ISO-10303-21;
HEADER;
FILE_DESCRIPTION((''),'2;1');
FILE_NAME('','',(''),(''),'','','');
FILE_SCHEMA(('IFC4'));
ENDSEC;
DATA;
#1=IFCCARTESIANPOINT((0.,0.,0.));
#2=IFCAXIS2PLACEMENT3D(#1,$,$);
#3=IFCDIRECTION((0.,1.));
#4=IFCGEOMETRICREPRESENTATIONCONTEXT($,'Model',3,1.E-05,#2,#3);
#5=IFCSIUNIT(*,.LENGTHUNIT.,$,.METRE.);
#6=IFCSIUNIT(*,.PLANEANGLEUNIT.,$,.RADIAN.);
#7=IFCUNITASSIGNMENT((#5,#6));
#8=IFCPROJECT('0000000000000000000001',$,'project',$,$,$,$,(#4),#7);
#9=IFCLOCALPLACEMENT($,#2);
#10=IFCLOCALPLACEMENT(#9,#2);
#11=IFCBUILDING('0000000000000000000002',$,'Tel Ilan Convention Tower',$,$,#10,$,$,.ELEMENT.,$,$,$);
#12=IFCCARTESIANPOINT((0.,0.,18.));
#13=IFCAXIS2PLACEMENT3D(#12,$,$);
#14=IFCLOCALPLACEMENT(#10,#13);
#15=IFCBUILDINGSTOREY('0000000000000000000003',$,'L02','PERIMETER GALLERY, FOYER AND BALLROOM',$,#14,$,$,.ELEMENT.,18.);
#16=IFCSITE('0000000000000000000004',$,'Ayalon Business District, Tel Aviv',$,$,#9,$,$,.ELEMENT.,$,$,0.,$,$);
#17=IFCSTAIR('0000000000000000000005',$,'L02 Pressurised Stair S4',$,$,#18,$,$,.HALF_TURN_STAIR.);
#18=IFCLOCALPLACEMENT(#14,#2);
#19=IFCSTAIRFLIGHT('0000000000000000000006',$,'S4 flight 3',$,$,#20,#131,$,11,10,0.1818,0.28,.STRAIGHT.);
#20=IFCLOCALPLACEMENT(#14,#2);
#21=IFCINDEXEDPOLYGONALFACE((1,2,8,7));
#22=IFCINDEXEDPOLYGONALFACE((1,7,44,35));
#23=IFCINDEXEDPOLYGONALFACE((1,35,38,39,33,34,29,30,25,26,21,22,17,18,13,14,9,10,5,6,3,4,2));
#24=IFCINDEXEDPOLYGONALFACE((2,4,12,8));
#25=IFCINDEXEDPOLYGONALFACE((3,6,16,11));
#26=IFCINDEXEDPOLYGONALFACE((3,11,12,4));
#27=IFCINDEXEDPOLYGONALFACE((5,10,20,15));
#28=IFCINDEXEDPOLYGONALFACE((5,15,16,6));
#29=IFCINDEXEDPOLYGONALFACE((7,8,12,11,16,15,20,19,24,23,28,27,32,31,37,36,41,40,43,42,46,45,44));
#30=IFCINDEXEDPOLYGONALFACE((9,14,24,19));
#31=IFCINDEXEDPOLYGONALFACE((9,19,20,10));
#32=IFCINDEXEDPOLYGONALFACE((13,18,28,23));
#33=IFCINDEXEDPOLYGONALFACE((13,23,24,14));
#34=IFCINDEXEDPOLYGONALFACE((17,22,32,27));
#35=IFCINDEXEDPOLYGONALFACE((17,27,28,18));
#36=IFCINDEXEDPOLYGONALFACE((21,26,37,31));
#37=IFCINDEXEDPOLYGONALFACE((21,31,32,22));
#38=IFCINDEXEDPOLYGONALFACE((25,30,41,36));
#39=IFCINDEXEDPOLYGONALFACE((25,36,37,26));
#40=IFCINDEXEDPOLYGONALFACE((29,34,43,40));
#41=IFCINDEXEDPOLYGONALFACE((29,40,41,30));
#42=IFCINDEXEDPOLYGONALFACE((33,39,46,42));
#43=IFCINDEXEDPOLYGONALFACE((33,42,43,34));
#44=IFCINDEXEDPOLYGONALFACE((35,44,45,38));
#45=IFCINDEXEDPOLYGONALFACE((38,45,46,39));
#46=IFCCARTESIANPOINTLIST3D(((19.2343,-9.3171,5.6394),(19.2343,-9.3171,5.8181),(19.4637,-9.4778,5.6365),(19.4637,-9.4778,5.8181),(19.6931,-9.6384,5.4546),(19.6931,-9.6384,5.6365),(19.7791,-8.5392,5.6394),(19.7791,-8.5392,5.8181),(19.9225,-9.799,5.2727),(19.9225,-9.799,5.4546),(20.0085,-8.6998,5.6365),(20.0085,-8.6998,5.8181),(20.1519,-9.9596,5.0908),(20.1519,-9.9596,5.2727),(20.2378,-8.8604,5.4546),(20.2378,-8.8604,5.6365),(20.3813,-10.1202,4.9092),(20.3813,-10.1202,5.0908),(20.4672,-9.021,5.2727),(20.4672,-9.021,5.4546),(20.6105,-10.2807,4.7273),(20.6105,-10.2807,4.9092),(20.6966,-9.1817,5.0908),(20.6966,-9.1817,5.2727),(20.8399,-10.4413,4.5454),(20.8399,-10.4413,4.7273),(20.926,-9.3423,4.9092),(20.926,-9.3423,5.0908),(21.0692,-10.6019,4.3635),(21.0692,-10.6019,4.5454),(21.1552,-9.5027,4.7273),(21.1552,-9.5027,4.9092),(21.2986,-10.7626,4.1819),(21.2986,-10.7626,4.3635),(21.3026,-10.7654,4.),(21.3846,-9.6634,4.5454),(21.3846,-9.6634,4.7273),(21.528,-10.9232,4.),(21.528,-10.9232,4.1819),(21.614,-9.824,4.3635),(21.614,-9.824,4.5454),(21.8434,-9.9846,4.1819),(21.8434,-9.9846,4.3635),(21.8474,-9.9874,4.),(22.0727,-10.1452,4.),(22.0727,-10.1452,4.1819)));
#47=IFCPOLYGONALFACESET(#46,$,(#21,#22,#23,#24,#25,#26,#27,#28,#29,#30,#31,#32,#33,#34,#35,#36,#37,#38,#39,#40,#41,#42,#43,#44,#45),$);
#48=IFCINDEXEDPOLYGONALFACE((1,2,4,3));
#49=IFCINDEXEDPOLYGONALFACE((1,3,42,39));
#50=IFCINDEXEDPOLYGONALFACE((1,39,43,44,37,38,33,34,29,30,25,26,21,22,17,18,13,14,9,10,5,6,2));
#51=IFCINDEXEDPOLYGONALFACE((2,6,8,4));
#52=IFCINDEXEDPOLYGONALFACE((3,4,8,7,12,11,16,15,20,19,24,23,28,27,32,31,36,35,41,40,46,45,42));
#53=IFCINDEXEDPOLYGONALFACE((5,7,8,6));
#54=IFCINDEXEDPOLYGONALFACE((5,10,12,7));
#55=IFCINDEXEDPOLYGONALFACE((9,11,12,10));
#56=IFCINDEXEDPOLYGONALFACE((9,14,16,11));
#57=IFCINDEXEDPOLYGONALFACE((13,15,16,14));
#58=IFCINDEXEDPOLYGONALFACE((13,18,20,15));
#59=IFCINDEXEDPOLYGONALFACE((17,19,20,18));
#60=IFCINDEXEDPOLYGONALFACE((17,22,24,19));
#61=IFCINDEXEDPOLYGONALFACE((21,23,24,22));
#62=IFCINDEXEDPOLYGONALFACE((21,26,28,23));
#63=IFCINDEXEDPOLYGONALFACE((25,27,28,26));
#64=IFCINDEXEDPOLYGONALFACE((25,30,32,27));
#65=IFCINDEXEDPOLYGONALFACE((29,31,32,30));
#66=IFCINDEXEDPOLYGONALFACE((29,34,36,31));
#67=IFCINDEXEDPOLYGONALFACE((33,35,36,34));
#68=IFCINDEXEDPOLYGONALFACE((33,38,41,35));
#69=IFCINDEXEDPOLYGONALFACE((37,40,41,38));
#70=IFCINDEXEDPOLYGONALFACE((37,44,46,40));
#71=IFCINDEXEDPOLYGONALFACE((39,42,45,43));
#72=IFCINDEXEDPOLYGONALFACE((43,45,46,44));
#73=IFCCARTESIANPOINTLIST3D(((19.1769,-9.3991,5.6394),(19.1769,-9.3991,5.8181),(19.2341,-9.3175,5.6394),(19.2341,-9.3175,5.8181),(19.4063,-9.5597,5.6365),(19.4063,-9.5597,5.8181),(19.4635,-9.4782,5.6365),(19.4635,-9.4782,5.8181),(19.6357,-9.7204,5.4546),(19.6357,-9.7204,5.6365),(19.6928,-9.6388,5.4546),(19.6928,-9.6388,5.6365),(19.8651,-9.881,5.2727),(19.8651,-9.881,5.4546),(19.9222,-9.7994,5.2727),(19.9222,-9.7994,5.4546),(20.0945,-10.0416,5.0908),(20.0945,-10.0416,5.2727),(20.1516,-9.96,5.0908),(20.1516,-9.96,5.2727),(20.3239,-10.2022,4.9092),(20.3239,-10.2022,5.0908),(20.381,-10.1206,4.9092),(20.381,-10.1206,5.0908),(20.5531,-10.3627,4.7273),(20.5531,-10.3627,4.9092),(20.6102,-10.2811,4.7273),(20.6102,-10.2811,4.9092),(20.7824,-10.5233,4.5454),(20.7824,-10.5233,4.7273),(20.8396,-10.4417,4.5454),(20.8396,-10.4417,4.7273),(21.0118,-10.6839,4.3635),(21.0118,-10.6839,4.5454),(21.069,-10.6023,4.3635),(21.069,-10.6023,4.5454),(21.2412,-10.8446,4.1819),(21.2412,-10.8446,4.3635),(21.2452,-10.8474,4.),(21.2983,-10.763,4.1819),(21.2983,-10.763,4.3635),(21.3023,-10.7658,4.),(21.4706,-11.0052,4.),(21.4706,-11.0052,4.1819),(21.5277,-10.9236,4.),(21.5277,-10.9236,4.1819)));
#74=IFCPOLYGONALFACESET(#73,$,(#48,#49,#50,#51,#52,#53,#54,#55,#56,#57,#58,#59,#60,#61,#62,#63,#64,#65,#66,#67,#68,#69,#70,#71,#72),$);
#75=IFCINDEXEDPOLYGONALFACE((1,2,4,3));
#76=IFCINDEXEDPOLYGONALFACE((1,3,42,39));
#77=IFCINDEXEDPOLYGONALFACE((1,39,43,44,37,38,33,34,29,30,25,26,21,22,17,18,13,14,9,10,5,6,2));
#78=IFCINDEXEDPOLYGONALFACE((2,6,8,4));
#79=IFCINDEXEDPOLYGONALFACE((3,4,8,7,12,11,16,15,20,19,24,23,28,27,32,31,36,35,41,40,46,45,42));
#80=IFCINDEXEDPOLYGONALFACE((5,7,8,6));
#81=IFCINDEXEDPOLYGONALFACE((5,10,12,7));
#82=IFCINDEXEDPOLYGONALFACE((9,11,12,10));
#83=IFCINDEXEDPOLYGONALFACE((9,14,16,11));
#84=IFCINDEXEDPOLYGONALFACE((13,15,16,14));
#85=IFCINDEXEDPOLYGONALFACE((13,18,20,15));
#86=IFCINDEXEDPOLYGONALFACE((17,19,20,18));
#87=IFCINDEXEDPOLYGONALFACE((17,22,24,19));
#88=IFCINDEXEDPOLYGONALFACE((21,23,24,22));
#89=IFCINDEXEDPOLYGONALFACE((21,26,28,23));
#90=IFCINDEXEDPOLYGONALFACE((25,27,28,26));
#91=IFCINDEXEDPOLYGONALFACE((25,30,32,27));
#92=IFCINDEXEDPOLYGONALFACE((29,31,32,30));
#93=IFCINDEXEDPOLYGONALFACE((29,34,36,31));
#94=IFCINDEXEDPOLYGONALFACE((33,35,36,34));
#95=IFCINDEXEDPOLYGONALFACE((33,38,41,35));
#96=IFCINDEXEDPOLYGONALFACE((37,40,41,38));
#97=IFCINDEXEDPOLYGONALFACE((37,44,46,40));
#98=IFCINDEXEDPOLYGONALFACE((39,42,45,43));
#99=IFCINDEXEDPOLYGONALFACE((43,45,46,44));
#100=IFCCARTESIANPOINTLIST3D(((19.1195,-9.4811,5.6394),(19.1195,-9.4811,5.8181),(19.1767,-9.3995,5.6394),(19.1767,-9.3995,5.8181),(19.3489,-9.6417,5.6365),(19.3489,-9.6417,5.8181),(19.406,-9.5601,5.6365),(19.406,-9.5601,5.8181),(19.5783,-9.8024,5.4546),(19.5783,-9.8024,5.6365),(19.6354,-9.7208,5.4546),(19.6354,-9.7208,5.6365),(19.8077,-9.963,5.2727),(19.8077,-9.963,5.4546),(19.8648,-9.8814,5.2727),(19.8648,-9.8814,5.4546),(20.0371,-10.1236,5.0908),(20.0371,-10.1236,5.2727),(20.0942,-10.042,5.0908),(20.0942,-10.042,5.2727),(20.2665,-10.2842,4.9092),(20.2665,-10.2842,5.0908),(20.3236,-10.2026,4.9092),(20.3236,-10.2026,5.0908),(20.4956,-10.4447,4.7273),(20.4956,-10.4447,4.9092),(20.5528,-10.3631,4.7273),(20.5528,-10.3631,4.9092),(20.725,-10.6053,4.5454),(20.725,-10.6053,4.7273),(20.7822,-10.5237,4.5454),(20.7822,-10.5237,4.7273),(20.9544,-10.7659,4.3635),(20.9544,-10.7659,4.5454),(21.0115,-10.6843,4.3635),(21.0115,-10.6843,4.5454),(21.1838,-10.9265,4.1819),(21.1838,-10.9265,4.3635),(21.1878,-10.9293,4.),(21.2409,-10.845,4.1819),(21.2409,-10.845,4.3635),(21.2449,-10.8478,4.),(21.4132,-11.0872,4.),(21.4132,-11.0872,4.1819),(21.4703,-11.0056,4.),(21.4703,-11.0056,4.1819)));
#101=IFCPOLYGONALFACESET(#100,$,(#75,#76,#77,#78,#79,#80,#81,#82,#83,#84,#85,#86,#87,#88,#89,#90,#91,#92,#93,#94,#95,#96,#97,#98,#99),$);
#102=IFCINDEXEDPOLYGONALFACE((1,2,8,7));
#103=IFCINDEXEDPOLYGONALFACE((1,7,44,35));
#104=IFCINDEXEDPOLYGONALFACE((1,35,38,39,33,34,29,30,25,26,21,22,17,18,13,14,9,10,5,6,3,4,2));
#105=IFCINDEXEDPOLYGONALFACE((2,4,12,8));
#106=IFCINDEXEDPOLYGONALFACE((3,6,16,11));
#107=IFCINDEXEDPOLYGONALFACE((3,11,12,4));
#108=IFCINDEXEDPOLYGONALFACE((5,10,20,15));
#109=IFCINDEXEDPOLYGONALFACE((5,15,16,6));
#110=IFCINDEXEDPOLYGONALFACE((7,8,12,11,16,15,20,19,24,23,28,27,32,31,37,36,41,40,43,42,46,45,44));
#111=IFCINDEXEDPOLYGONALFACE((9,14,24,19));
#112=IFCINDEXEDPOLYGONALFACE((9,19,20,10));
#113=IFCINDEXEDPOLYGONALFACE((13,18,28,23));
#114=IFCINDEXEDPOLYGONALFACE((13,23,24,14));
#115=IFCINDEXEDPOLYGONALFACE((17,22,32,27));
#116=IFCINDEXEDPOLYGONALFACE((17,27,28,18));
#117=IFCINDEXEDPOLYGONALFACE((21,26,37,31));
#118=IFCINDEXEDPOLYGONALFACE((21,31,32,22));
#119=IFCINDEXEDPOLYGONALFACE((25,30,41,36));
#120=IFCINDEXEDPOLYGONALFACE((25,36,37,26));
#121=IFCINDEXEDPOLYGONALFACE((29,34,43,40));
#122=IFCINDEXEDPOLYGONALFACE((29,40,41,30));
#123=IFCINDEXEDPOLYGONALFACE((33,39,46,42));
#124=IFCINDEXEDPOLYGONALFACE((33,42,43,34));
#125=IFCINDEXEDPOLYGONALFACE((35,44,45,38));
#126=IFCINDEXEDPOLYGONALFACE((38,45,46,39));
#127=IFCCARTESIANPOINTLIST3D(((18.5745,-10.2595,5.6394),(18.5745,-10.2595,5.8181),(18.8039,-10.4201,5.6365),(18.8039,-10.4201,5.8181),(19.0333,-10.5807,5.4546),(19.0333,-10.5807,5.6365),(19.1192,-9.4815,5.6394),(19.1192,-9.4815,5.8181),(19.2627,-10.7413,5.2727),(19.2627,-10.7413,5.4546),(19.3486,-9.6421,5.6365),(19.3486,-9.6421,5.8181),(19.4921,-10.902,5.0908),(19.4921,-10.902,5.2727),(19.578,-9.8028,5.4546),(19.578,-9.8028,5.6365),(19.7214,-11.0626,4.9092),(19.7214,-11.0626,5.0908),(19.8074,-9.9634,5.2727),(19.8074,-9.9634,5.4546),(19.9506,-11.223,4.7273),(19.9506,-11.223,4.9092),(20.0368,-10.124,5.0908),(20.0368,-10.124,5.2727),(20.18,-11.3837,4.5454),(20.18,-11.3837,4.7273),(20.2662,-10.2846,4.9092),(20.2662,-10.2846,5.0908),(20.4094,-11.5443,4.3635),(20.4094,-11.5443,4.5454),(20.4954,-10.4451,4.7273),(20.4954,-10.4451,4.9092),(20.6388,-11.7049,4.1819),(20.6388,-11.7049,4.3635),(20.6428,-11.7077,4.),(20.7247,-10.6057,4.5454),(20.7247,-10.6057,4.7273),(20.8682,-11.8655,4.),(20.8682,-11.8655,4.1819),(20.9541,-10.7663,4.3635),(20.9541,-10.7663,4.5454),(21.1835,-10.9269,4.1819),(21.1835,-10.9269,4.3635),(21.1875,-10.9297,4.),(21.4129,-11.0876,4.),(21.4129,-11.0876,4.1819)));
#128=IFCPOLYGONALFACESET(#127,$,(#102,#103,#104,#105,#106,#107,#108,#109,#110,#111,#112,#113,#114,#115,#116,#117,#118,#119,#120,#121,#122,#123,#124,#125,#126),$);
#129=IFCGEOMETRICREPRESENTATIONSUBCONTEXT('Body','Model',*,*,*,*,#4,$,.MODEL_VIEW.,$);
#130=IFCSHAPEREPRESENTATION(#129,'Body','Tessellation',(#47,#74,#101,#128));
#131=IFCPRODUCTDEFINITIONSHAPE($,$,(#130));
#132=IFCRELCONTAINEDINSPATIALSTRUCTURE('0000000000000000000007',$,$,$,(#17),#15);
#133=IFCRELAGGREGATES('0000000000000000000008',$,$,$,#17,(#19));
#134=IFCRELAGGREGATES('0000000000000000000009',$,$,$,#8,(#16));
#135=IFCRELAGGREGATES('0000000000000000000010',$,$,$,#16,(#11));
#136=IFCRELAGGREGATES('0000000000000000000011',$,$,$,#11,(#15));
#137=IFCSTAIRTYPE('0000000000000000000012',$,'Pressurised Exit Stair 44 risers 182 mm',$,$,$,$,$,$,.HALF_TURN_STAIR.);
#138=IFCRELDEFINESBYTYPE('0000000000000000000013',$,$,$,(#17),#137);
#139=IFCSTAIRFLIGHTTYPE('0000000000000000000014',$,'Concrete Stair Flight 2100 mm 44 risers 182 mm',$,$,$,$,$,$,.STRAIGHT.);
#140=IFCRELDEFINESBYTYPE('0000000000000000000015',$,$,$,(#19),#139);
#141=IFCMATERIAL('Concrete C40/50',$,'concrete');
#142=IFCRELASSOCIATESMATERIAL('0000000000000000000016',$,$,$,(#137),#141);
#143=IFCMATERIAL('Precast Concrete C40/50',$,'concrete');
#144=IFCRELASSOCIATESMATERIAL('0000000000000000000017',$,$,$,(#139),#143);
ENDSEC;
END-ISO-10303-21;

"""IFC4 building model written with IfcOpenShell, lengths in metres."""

from ifc_helpers import new_model, si_unit, direction, frame, origin, place, context, subcontext, project, spatial, polyline, outline, extrude, material, type_object, element, aggregate, save


model = new_model("IFC4")

# Units and contexts
model_context = context("Model", 3, precision=1e-05, world=origin(), true_north=direction((0.0, 1.0)))
body_context = subcontext(model_context, "Body", "Model", "MODEL_VIEW")
ifc_project = project(units=[si_unit("LENGTHUNIT", "METRE"), si_unit("PLANEANGLEUNIT", "RADIAN")], contexts=[model_context])

# Site, building, storey
site_placement = place(None, origin())
site = spatial("IfcSite", under=ifc_project, at=site_placement, Name="Ayalon Business District, Tel Aviv", CompositionType="ELEMENT", RefElevation=0.0)
building_placement = place(site_placement, origin())
building = spatial("IfcBuilding", under=site, at=building_placement, Name="Tel Ilan Convention Tower", CompositionType="ELEMENT")
storey_placement = place(building_placement, frame((0.0, 0.0, 18.0)))
storey = spatial("IfcBuildingStorey", under=building, at=storey_placement, Name="L02", Description="PERIMETER GALLERY, FOYER AND BALLROOM", CompositionType="ELEMENT", Elevation=18.0)

# Stair, stair flight
ifc_material_1 = material(Name="Concrete C40/50", Category="concrete")
stair_type = type_object("IfcStairType", Name="Pressurised Exit Stair 44 risers 182 mm", PredefinedType="HALF_TURN_STAIR", material=ifc_material_1)
stair_placement = place(storey_placement, origin())
stair = element("IfcStair", 1, at=stair_placement, inside=storey, type_object=stair_type, Name="L02 Pressurised Stair S4", PredefinedType="HALF_TURN_STAIR")
ifc_material_2 = material(Name="Precast Concrete C40/50", Category="concrete")
stair_flight_type = type_object("IfcStairFlightType", Name="Concrete Stair Flight 2100 mm 44 risers 182 mm", PredefinedType="STRAIGHT", material=ifc_material_2)
stair_flight_1_placement = place(storey_placement, frame((21.4705, -11.0054, 4.0), z_axis=(0.0, 0.0, 1.0), x_axis=(-0.819152, 0.573576, 0.0)))
stair_flight_1 = element("IfcStairFlight", 2, at=stair_flight_1_placement, type_object=stair_flight_type, Name="S4 flight 3", NumberOfRisers=11, NumberOfTreads=10, PredefinedType="STRAIGHT", RiserHeight=0.1818, TreadLength=0.28, context=body_context, shape_type="SweptSolid", body=[
    extrude(outline(polyline([(0.0, 0.0), (0.0, 0.1819), (0.28, 0.1819), (0.28, 0.3635), (0.5601, 0.3635), (0.5601, 0.5454), (0.8401, 0.5454), (0.8401, 0.7273), (1.1201, 0.7273), (1.1201, 0.9092), (1.3999, 0.9092), (1.3999, 1.0908), (1.6799, 1.0908), (1.6799, 1.2727), (1.96, 1.2727), (1.96, 1.4546), (2.24, 1.4546), (2.24, 1.6365), (2.52, 1.6365), (2.52, 1.8181), (2.8, 1.8181), (2.8, 2.0), (2.8, 1.6394), (0.2751, 0.0), (0.0, 0.0)])), frame((0.0, -0.1003, 0.0), z_axis=(0.0, -1.0, 0.0), x_axis=(1.0, 0.0, 0.0)), (0.0, 0.0, 1.0), 0.9497),
    extrude(outline(polyline([(0.0, 0.0), (0.0, 0.1819), (0.28, 0.1819), (0.28, 0.3635), (0.5601, 0.3635), (0.5601, 0.5454), (0.8401, 0.5454), (0.8401, 0.7273), (1.1201, 0.7273), (1.1201, 0.9092), (1.3999, 0.9092), (1.3999, 1.0908), (1.6799, 1.0908), (1.6799, 1.2727), (1.96, 1.2727), (1.96, 1.4546), (2.24, 1.4546), (2.24, 1.6365), (2.52, 1.6365), (2.52, 1.8181), (2.8, 1.8181), (2.8, 2.0), (2.8, 1.6394), (0.2751, 0.0), (0.0, 0.0)])), frame((0.0, -0.0002, 0.0), z_axis=(0.0, -1.0, 0.0), x_axis=(1.0, 0.0, 0.0)), (0.0, 0.0, 1.0), 0.0996),
    extrude(outline(polyline([(0.0, 0.0), (0.0, 0.1819), (0.28, 0.1819), (0.28, 0.3635), (0.5601, 0.3635), (0.5601, 0.5454), (0.8401, 0.5454), (0.8401, 0.7273), (1.1201, 0.7273), (1.1201, 0.9092), (1.3999, 0.9092), (1.3999, 1.0908), (1.6799, 1.0908), (1.6799, 1.2727), (1.96, 1.2727), (1.96, 1.4546), (2.24, 1.4546), (2.24, 1.6365), (2.52, 1.6365), (2.52, 1.8181), (2.8, 1.8181), (2.8, 2.0), (2.8, 1.6394), (0.2751, 0.0), (0.0, 0.0)])), frame((0.0, 0.0999, 0.0), z_axis=(0.0, -1.0, 0.0), x_axis=(1.0, 0.0, 0.0)), (0.0, 0.0, 1.0), 0.0996),
    extrude(outline(polyline([(0.0, 0.0), (0.0, 0.1819), (0.28, 0.1819), (0.28, 0.3635), (0.5601, 0.3635), (0.5601, 0.5454), (0.8401, 0.5454), (0.8401, 0.7273), (1.1201, 0.7273), (1.1201, 0.9092), (1.3999, 0.9092), (1.3999, 1.0908), (1.6799, 1.0908), (1.6799, 1.2727), (1.96, 1.2727), (1.96, 1.4546), (2.24, 1.4546), (2.24, 1.6365), (2.52, 1.6365), (2.52, 1.8181), (2.8, 1.8181), (2.8, 2.0), (2.8, 1.6394), (0.2751, 0.0), (0.0, 0.0)])), frame((0.0, 1.05, 0.0), z_axis=(0.0, -1.0, 0.0), x_axis=(1.0, 0.0, 0.0)), (0.0, 0.0, 1.0), 0.9497),
])
aggregate(stair, [stair_flight_1])

save(model, "model.ifc")
